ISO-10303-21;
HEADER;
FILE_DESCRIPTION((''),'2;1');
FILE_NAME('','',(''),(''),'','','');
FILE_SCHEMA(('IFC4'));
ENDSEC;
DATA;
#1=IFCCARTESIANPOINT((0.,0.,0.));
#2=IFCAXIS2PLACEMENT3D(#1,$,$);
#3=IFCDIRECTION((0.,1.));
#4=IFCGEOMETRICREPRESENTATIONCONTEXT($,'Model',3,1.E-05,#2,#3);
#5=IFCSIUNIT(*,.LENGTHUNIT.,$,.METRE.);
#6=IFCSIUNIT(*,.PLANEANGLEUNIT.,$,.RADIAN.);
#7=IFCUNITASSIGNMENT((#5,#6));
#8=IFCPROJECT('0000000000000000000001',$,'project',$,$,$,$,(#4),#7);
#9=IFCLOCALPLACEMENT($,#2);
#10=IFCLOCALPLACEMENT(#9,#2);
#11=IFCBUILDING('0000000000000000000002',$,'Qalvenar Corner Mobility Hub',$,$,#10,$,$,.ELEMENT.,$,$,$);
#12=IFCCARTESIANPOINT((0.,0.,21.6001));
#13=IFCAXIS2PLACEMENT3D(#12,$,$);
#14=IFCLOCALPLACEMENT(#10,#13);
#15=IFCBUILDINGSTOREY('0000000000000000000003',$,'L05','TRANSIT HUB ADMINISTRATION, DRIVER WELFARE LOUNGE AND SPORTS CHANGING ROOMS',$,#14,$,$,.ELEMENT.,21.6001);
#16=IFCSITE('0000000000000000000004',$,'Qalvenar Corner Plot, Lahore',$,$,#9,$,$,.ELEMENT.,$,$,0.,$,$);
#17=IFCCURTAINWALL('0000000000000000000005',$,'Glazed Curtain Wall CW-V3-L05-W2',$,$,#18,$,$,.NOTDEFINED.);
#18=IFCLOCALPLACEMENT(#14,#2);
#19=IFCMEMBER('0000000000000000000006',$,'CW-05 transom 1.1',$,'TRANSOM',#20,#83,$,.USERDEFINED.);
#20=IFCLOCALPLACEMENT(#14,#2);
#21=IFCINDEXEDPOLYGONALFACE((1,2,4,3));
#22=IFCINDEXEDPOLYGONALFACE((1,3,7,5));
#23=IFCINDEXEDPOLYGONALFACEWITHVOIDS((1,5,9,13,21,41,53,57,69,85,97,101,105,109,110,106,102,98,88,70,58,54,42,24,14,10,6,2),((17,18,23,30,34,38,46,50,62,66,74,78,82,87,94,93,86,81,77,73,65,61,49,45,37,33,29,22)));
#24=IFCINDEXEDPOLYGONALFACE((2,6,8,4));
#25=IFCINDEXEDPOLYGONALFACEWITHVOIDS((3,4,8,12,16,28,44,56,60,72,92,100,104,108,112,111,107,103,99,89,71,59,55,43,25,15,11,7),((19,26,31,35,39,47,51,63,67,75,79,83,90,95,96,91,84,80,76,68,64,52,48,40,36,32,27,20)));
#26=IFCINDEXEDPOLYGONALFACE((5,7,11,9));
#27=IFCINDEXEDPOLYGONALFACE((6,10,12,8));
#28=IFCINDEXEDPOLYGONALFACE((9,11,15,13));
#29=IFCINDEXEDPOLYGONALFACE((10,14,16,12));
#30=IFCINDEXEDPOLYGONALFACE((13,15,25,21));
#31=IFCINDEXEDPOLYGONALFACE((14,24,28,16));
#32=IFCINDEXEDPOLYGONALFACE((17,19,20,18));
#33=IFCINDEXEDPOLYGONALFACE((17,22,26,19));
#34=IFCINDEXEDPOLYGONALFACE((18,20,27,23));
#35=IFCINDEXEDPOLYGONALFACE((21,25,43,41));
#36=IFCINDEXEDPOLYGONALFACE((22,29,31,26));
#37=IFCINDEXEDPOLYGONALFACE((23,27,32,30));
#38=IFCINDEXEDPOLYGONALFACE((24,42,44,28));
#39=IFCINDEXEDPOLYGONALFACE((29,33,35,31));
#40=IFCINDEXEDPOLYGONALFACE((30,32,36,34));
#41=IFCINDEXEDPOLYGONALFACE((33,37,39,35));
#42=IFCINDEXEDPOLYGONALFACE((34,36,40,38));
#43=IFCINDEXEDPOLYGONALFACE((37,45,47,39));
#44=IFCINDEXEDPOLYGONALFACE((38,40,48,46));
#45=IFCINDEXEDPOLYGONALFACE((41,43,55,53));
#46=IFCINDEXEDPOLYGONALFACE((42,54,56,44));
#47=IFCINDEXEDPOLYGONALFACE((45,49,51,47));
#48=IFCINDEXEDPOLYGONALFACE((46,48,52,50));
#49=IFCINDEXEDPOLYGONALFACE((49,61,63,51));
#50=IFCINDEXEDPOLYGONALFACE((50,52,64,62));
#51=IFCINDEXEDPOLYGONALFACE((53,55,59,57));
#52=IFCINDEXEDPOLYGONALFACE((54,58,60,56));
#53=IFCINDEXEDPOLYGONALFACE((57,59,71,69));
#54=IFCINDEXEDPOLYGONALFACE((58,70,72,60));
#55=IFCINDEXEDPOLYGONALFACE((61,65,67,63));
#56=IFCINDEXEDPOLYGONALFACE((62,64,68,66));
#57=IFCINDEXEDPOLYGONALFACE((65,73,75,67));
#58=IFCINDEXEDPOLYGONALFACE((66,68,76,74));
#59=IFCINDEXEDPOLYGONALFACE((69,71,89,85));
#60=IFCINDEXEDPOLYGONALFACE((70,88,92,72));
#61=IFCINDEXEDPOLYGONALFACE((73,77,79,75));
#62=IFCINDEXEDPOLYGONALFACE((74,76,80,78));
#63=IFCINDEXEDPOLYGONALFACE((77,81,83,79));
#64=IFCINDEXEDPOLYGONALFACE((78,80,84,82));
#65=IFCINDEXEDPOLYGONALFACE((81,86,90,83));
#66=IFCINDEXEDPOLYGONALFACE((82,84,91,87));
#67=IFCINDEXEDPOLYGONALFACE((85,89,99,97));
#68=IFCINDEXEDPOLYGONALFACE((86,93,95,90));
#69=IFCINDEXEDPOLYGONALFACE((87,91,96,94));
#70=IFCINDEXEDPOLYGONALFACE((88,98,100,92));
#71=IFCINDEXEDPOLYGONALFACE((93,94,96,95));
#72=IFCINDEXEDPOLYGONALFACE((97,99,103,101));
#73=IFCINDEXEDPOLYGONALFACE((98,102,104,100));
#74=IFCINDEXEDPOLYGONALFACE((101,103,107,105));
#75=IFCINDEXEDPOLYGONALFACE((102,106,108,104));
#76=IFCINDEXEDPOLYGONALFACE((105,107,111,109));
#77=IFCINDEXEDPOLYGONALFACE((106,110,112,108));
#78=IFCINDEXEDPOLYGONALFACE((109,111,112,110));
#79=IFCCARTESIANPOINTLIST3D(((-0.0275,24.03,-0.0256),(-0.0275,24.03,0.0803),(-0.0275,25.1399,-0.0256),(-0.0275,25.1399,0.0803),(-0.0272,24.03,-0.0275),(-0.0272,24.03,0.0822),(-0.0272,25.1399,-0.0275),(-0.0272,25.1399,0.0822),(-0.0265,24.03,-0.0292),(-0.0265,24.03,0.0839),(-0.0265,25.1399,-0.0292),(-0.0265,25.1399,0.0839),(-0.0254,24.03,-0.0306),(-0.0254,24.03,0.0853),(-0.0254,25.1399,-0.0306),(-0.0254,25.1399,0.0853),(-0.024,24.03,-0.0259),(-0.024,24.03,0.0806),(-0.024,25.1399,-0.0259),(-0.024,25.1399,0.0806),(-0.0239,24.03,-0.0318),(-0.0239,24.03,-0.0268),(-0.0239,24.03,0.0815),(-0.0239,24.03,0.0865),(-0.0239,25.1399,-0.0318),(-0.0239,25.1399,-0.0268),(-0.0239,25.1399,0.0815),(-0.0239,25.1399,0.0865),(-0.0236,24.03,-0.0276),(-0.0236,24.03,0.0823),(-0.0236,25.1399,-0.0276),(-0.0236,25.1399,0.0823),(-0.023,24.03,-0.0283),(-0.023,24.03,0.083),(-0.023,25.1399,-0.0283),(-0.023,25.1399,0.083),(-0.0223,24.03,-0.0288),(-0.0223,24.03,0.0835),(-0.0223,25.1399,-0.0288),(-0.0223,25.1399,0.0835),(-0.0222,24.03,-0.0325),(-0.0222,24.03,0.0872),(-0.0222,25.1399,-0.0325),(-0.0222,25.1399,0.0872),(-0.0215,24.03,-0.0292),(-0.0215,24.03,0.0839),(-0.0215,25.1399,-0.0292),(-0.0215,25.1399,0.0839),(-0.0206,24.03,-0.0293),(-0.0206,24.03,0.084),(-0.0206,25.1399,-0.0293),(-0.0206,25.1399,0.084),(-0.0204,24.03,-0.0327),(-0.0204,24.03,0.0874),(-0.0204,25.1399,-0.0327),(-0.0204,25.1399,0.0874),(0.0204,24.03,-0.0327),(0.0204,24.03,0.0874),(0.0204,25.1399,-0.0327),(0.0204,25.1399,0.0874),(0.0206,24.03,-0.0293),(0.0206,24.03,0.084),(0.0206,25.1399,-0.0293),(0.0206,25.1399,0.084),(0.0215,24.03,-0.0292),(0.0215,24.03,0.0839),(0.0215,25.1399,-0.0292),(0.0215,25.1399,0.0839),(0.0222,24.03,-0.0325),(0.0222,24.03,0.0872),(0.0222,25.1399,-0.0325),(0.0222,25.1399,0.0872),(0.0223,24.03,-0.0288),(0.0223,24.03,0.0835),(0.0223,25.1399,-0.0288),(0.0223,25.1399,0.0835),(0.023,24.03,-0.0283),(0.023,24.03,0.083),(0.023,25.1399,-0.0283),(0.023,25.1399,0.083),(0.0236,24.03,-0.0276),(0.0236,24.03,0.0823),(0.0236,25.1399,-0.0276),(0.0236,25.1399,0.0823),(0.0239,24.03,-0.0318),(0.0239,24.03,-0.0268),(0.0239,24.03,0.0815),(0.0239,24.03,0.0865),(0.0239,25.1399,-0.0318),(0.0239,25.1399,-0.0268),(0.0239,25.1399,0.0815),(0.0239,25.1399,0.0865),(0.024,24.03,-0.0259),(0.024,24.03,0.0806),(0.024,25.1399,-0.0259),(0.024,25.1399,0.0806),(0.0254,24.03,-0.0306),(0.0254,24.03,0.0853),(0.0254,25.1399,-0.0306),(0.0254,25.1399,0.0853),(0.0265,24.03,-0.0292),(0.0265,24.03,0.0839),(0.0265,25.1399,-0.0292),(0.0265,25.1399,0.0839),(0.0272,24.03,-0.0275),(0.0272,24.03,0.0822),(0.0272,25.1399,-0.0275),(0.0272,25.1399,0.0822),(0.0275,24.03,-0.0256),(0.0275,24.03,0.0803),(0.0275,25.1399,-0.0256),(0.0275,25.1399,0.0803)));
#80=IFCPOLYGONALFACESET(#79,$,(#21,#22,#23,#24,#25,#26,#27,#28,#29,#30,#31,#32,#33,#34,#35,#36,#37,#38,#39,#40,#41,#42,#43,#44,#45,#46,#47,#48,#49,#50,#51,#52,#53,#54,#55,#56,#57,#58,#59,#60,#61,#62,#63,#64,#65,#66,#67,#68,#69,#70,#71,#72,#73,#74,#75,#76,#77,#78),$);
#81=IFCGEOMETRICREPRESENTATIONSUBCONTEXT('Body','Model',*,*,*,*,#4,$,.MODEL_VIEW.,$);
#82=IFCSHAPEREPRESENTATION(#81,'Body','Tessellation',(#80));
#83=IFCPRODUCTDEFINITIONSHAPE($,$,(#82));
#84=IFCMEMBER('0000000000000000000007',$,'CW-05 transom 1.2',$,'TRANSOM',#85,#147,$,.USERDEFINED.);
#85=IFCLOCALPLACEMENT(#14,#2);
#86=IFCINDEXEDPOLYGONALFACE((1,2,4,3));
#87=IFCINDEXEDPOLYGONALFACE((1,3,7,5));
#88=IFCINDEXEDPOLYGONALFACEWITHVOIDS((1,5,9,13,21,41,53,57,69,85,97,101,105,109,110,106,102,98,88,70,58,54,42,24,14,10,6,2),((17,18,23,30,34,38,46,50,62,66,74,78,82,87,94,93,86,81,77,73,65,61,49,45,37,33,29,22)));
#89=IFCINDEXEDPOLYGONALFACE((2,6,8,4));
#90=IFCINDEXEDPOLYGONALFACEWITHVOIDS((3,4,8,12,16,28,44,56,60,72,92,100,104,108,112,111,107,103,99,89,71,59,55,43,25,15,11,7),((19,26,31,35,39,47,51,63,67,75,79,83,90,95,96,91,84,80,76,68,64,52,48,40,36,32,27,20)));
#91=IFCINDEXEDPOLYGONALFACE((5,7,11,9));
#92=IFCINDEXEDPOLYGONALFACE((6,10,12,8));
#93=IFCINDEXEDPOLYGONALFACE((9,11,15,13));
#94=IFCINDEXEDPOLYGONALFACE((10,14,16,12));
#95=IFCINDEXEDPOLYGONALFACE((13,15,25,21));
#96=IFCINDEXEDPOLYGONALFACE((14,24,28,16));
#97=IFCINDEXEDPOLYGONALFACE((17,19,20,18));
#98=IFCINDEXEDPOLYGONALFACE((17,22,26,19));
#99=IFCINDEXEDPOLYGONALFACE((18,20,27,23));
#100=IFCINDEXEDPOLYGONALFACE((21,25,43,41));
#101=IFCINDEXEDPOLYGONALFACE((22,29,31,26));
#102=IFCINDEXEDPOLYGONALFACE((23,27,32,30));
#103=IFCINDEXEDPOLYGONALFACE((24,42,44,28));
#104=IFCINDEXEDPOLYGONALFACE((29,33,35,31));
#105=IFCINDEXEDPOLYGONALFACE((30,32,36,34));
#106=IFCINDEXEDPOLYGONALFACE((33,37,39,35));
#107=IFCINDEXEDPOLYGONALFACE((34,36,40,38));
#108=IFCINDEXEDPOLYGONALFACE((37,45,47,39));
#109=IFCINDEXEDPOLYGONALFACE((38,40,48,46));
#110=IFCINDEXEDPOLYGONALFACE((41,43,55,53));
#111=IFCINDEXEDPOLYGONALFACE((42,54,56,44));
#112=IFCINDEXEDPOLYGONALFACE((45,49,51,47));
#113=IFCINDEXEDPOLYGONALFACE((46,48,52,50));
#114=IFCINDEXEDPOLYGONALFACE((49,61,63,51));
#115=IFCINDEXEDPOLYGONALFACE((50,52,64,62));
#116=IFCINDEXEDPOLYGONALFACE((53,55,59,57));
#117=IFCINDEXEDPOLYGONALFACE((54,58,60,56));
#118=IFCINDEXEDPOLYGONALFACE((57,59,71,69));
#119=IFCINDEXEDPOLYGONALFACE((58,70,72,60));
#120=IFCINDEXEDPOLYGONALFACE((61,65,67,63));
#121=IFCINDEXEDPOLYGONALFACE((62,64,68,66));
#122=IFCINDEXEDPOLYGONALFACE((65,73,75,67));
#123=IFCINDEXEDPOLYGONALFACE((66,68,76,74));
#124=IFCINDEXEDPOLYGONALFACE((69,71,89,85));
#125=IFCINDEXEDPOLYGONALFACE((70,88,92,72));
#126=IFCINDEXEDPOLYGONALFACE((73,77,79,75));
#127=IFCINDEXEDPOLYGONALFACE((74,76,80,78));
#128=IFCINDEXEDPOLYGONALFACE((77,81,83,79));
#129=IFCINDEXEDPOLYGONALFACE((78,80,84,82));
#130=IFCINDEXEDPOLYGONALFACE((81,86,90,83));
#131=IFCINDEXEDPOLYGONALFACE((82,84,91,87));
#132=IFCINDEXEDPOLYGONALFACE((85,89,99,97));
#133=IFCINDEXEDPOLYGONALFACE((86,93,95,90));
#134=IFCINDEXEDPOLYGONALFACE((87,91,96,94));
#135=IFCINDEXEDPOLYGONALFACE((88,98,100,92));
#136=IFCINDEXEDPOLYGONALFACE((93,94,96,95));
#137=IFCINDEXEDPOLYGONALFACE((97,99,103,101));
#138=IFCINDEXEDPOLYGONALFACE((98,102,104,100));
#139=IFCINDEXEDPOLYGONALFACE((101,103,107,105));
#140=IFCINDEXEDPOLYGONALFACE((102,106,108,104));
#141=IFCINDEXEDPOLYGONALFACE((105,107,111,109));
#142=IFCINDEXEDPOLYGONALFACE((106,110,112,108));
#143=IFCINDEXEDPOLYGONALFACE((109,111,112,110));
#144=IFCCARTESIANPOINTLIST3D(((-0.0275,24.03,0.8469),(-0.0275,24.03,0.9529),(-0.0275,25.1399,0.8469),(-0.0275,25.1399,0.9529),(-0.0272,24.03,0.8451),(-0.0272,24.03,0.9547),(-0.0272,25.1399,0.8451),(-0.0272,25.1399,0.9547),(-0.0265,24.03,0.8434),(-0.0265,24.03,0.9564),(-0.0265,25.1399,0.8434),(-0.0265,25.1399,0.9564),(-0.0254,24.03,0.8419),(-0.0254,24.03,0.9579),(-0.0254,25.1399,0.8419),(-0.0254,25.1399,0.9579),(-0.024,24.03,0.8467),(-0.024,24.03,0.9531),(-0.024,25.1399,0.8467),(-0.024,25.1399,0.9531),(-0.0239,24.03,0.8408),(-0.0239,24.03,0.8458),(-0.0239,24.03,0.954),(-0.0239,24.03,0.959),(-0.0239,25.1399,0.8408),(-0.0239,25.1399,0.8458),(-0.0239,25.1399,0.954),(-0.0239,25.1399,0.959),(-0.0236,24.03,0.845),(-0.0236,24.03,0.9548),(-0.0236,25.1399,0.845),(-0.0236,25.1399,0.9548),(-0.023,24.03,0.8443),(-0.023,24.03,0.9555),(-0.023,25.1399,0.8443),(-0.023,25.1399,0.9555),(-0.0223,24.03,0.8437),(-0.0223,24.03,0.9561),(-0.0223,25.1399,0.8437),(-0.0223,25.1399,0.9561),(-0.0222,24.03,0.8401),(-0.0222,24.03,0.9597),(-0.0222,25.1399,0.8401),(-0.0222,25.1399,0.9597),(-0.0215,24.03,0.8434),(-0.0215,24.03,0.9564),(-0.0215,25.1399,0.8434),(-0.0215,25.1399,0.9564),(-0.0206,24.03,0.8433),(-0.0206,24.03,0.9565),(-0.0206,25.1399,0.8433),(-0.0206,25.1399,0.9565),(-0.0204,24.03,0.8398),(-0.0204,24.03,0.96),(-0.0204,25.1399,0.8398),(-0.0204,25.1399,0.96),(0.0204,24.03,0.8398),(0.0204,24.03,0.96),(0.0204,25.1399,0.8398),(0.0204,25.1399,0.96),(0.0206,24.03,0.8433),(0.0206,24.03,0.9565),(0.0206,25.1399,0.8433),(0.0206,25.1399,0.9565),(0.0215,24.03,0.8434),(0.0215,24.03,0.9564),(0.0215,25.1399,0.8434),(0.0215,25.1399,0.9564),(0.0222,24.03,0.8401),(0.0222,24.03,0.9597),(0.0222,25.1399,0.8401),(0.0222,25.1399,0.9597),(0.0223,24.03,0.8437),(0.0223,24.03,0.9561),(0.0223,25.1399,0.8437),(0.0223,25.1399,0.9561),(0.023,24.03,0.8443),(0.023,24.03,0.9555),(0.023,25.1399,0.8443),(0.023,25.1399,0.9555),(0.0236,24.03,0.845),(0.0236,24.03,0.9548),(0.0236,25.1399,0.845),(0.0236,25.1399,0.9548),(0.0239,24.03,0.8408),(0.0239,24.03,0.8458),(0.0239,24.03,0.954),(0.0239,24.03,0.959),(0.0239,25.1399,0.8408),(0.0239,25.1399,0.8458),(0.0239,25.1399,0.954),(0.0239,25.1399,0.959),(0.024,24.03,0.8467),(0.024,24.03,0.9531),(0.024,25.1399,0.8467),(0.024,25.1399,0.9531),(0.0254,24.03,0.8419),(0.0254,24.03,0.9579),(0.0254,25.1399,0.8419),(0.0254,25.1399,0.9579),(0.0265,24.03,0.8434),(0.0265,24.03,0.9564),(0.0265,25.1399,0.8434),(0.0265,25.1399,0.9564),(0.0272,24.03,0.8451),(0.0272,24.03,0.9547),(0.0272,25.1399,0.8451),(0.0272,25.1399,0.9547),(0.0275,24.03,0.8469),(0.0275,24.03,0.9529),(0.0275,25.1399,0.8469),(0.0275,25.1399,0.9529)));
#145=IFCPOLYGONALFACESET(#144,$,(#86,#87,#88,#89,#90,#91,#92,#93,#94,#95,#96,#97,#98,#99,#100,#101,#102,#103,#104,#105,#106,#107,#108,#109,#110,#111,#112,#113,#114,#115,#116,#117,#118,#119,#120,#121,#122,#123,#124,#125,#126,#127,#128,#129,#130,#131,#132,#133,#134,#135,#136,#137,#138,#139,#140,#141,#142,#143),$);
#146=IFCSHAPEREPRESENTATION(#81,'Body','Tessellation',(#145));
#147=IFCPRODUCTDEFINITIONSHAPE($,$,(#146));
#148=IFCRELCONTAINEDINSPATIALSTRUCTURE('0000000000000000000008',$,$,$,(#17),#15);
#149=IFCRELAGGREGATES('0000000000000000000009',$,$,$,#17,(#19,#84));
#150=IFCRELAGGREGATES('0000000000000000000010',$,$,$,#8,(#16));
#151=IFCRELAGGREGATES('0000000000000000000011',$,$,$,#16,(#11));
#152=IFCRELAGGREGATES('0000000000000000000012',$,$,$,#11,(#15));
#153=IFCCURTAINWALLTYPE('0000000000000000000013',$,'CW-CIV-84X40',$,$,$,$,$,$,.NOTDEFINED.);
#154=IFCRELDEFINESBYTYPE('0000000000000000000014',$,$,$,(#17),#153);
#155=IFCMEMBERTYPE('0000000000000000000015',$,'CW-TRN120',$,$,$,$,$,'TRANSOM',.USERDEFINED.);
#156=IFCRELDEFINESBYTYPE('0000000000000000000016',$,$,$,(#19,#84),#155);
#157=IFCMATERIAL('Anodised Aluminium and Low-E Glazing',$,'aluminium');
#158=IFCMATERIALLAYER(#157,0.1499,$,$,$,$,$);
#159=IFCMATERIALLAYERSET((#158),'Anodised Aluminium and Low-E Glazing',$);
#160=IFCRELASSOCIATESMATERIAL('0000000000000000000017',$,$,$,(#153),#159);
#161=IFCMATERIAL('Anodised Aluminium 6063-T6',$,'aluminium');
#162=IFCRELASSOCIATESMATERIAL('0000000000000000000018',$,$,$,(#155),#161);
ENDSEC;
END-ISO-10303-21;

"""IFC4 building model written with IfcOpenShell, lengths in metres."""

from ifc_helpers import new_model, si_unit, direction, frame, origin, origin_2d, place, context, subcontext, project, spatial, hollow_rectangle, extrude, material, layer, layer_set, material_profile, profile_set, type_object, element, aggregate, save


model = new_model("IFC4")

# Units and contexts
model_context = context("Model", 3, precision=1e-05, world=origin(), true_north=direction((0.0, 1.0)))
body_context = subcontext(model_context, "Body", "Model", "MODEL_VIEW")
ifc_project = project(units=[si_unit("LENGTHUNIT", "METRE"), si_unit("PLANEANGLEUNIT", "RADIAN")], contexts=[model_context])

# Site, building, storey
site_placement = place(None, origin())
site = spatial("IfcSite", under=ifc_project, at=site_placement, Name="Qalvenar Corner Plot, Lahore", CompositionType="ELEMENT", RefElevation=0.0)
building_placement = place(site_placement, origin())
building = spatial("IfcBuilding", under=site, at=building_placement, Name="Qalvenar Corner Mobility Hub", CompositionType="ELEMENT")
storey_placement = place(building_placement, frame((0.0, 0.0, 21.6001)))
storey = spatial("IfcBuildingStorey", under=building, at=storey_placement, Name="L05", Description="TRANSIT HUB ADMINISTRATION, DRIVER WELFARE LOUNGE AND SPORTS CHANGING ROOMS", CompositionType="ELEMENT", Elevation=21.6001)

# Curtain wall, members
ifc_material_1 = material(Name="Anodised Aluminium and Low-E Glazing", Category="aluminium")
ifc_layer_1 = layer(ifc_material_1, 0.1499)
ifc_layer_set_1 = layer_set([ifc_layer_1], Name="Anodised Aluminium and Low-E Glazing")
curtain_wall_type = type_object("IfcCurtainWallType", Name="CW-CIV-84X40", PredefinedType="NOTDEFINED", material=ifc_layer_set_1)
curtain_wall_placement = place(storey_placement, origin())
curtain_wall = element("IfcCurtainWall", 1, at=curtain_wall_placement, inside=storey, type_object=curtain_wall_type, Name="Glazed Curtain Wall CW-V3-L05-W2", PredefinedType="NOTDEFINED")
ifc_material_2 = material(Name="Anodised Aluminium 6063-T6", Category="aluminium")
ifc_material_profile_1 = material_profile(ifc_material_2, hollow_rectangle(XDim=0.0549, YDim=0.1201, WallThickness=0.0034, InnerFilletRadius=0.0034, OuterFilletRadius=0.0071, at=origin_2d()), Name="RHS120x55x3.5")
ifc_profile_set_1 = profile_set([ifc_material_profile_1], Name="Anodised Aluminium 6063-T6")
member_type_1 = type_object("IfcMemberType", Name="CW-TRN120", ElementType="TRANSOM", PredefinedType="USERDEFINED", material=ifc_profile_set_1)
member_1_placement = place(storey_placement, frame((0.0, 25.1399, 0.0273), z_axis=(0.0, -1.0, 0.0), x_axis=(1.0, 0.0, 0.0)))
member_1 = element("IfcMember", 2, at=member_1_placement, type_object=member_type_1, Name="CW-05 transom 1.1", ObjectType="TRANSOM", PredefinedType="USERDEFINED", context=body_context, shape_type="SweptSolid", body=[
    extrude(hollow_rectangle(XDim=0.0549, YDim=0.1201, WallThickness=0.0034, InnerFilletRadius=0.0034, OuterFilletRadius=0.0071, at=origin_2d()), origin(), (0.0, 0.0, 1.0), 1.1099),
])
member_2_placement = place(storey_placement, frame((0.0, 25.1399, 0.8999), z_axis=(0.0, -1.0, 0.0), x_axis=(1.0, 0.0, 0.0)))
member_2 = element("IfcMember", 3, at=member_2_placement, type_object=member_type_1, Name="CW-05 transom 1.2", ObjectType="TRANSOM", PredefinedType="USERDEFINED", context=body_context, shape_type="SweptSolid", body=[
    extrude(hollow_rectangle(XDim=0.0549, YDim=0.1201, WallThickness=0.0034, InnerFilletRadius=0.0034, OuterFilletRadius=0.0071, at=origin_2d()), origin(), (0.0, 0.0, 1.0), 1.1099),
])
aggregate(curtain_wall, [member_1, member_2])

save(model, "model.ifc")
